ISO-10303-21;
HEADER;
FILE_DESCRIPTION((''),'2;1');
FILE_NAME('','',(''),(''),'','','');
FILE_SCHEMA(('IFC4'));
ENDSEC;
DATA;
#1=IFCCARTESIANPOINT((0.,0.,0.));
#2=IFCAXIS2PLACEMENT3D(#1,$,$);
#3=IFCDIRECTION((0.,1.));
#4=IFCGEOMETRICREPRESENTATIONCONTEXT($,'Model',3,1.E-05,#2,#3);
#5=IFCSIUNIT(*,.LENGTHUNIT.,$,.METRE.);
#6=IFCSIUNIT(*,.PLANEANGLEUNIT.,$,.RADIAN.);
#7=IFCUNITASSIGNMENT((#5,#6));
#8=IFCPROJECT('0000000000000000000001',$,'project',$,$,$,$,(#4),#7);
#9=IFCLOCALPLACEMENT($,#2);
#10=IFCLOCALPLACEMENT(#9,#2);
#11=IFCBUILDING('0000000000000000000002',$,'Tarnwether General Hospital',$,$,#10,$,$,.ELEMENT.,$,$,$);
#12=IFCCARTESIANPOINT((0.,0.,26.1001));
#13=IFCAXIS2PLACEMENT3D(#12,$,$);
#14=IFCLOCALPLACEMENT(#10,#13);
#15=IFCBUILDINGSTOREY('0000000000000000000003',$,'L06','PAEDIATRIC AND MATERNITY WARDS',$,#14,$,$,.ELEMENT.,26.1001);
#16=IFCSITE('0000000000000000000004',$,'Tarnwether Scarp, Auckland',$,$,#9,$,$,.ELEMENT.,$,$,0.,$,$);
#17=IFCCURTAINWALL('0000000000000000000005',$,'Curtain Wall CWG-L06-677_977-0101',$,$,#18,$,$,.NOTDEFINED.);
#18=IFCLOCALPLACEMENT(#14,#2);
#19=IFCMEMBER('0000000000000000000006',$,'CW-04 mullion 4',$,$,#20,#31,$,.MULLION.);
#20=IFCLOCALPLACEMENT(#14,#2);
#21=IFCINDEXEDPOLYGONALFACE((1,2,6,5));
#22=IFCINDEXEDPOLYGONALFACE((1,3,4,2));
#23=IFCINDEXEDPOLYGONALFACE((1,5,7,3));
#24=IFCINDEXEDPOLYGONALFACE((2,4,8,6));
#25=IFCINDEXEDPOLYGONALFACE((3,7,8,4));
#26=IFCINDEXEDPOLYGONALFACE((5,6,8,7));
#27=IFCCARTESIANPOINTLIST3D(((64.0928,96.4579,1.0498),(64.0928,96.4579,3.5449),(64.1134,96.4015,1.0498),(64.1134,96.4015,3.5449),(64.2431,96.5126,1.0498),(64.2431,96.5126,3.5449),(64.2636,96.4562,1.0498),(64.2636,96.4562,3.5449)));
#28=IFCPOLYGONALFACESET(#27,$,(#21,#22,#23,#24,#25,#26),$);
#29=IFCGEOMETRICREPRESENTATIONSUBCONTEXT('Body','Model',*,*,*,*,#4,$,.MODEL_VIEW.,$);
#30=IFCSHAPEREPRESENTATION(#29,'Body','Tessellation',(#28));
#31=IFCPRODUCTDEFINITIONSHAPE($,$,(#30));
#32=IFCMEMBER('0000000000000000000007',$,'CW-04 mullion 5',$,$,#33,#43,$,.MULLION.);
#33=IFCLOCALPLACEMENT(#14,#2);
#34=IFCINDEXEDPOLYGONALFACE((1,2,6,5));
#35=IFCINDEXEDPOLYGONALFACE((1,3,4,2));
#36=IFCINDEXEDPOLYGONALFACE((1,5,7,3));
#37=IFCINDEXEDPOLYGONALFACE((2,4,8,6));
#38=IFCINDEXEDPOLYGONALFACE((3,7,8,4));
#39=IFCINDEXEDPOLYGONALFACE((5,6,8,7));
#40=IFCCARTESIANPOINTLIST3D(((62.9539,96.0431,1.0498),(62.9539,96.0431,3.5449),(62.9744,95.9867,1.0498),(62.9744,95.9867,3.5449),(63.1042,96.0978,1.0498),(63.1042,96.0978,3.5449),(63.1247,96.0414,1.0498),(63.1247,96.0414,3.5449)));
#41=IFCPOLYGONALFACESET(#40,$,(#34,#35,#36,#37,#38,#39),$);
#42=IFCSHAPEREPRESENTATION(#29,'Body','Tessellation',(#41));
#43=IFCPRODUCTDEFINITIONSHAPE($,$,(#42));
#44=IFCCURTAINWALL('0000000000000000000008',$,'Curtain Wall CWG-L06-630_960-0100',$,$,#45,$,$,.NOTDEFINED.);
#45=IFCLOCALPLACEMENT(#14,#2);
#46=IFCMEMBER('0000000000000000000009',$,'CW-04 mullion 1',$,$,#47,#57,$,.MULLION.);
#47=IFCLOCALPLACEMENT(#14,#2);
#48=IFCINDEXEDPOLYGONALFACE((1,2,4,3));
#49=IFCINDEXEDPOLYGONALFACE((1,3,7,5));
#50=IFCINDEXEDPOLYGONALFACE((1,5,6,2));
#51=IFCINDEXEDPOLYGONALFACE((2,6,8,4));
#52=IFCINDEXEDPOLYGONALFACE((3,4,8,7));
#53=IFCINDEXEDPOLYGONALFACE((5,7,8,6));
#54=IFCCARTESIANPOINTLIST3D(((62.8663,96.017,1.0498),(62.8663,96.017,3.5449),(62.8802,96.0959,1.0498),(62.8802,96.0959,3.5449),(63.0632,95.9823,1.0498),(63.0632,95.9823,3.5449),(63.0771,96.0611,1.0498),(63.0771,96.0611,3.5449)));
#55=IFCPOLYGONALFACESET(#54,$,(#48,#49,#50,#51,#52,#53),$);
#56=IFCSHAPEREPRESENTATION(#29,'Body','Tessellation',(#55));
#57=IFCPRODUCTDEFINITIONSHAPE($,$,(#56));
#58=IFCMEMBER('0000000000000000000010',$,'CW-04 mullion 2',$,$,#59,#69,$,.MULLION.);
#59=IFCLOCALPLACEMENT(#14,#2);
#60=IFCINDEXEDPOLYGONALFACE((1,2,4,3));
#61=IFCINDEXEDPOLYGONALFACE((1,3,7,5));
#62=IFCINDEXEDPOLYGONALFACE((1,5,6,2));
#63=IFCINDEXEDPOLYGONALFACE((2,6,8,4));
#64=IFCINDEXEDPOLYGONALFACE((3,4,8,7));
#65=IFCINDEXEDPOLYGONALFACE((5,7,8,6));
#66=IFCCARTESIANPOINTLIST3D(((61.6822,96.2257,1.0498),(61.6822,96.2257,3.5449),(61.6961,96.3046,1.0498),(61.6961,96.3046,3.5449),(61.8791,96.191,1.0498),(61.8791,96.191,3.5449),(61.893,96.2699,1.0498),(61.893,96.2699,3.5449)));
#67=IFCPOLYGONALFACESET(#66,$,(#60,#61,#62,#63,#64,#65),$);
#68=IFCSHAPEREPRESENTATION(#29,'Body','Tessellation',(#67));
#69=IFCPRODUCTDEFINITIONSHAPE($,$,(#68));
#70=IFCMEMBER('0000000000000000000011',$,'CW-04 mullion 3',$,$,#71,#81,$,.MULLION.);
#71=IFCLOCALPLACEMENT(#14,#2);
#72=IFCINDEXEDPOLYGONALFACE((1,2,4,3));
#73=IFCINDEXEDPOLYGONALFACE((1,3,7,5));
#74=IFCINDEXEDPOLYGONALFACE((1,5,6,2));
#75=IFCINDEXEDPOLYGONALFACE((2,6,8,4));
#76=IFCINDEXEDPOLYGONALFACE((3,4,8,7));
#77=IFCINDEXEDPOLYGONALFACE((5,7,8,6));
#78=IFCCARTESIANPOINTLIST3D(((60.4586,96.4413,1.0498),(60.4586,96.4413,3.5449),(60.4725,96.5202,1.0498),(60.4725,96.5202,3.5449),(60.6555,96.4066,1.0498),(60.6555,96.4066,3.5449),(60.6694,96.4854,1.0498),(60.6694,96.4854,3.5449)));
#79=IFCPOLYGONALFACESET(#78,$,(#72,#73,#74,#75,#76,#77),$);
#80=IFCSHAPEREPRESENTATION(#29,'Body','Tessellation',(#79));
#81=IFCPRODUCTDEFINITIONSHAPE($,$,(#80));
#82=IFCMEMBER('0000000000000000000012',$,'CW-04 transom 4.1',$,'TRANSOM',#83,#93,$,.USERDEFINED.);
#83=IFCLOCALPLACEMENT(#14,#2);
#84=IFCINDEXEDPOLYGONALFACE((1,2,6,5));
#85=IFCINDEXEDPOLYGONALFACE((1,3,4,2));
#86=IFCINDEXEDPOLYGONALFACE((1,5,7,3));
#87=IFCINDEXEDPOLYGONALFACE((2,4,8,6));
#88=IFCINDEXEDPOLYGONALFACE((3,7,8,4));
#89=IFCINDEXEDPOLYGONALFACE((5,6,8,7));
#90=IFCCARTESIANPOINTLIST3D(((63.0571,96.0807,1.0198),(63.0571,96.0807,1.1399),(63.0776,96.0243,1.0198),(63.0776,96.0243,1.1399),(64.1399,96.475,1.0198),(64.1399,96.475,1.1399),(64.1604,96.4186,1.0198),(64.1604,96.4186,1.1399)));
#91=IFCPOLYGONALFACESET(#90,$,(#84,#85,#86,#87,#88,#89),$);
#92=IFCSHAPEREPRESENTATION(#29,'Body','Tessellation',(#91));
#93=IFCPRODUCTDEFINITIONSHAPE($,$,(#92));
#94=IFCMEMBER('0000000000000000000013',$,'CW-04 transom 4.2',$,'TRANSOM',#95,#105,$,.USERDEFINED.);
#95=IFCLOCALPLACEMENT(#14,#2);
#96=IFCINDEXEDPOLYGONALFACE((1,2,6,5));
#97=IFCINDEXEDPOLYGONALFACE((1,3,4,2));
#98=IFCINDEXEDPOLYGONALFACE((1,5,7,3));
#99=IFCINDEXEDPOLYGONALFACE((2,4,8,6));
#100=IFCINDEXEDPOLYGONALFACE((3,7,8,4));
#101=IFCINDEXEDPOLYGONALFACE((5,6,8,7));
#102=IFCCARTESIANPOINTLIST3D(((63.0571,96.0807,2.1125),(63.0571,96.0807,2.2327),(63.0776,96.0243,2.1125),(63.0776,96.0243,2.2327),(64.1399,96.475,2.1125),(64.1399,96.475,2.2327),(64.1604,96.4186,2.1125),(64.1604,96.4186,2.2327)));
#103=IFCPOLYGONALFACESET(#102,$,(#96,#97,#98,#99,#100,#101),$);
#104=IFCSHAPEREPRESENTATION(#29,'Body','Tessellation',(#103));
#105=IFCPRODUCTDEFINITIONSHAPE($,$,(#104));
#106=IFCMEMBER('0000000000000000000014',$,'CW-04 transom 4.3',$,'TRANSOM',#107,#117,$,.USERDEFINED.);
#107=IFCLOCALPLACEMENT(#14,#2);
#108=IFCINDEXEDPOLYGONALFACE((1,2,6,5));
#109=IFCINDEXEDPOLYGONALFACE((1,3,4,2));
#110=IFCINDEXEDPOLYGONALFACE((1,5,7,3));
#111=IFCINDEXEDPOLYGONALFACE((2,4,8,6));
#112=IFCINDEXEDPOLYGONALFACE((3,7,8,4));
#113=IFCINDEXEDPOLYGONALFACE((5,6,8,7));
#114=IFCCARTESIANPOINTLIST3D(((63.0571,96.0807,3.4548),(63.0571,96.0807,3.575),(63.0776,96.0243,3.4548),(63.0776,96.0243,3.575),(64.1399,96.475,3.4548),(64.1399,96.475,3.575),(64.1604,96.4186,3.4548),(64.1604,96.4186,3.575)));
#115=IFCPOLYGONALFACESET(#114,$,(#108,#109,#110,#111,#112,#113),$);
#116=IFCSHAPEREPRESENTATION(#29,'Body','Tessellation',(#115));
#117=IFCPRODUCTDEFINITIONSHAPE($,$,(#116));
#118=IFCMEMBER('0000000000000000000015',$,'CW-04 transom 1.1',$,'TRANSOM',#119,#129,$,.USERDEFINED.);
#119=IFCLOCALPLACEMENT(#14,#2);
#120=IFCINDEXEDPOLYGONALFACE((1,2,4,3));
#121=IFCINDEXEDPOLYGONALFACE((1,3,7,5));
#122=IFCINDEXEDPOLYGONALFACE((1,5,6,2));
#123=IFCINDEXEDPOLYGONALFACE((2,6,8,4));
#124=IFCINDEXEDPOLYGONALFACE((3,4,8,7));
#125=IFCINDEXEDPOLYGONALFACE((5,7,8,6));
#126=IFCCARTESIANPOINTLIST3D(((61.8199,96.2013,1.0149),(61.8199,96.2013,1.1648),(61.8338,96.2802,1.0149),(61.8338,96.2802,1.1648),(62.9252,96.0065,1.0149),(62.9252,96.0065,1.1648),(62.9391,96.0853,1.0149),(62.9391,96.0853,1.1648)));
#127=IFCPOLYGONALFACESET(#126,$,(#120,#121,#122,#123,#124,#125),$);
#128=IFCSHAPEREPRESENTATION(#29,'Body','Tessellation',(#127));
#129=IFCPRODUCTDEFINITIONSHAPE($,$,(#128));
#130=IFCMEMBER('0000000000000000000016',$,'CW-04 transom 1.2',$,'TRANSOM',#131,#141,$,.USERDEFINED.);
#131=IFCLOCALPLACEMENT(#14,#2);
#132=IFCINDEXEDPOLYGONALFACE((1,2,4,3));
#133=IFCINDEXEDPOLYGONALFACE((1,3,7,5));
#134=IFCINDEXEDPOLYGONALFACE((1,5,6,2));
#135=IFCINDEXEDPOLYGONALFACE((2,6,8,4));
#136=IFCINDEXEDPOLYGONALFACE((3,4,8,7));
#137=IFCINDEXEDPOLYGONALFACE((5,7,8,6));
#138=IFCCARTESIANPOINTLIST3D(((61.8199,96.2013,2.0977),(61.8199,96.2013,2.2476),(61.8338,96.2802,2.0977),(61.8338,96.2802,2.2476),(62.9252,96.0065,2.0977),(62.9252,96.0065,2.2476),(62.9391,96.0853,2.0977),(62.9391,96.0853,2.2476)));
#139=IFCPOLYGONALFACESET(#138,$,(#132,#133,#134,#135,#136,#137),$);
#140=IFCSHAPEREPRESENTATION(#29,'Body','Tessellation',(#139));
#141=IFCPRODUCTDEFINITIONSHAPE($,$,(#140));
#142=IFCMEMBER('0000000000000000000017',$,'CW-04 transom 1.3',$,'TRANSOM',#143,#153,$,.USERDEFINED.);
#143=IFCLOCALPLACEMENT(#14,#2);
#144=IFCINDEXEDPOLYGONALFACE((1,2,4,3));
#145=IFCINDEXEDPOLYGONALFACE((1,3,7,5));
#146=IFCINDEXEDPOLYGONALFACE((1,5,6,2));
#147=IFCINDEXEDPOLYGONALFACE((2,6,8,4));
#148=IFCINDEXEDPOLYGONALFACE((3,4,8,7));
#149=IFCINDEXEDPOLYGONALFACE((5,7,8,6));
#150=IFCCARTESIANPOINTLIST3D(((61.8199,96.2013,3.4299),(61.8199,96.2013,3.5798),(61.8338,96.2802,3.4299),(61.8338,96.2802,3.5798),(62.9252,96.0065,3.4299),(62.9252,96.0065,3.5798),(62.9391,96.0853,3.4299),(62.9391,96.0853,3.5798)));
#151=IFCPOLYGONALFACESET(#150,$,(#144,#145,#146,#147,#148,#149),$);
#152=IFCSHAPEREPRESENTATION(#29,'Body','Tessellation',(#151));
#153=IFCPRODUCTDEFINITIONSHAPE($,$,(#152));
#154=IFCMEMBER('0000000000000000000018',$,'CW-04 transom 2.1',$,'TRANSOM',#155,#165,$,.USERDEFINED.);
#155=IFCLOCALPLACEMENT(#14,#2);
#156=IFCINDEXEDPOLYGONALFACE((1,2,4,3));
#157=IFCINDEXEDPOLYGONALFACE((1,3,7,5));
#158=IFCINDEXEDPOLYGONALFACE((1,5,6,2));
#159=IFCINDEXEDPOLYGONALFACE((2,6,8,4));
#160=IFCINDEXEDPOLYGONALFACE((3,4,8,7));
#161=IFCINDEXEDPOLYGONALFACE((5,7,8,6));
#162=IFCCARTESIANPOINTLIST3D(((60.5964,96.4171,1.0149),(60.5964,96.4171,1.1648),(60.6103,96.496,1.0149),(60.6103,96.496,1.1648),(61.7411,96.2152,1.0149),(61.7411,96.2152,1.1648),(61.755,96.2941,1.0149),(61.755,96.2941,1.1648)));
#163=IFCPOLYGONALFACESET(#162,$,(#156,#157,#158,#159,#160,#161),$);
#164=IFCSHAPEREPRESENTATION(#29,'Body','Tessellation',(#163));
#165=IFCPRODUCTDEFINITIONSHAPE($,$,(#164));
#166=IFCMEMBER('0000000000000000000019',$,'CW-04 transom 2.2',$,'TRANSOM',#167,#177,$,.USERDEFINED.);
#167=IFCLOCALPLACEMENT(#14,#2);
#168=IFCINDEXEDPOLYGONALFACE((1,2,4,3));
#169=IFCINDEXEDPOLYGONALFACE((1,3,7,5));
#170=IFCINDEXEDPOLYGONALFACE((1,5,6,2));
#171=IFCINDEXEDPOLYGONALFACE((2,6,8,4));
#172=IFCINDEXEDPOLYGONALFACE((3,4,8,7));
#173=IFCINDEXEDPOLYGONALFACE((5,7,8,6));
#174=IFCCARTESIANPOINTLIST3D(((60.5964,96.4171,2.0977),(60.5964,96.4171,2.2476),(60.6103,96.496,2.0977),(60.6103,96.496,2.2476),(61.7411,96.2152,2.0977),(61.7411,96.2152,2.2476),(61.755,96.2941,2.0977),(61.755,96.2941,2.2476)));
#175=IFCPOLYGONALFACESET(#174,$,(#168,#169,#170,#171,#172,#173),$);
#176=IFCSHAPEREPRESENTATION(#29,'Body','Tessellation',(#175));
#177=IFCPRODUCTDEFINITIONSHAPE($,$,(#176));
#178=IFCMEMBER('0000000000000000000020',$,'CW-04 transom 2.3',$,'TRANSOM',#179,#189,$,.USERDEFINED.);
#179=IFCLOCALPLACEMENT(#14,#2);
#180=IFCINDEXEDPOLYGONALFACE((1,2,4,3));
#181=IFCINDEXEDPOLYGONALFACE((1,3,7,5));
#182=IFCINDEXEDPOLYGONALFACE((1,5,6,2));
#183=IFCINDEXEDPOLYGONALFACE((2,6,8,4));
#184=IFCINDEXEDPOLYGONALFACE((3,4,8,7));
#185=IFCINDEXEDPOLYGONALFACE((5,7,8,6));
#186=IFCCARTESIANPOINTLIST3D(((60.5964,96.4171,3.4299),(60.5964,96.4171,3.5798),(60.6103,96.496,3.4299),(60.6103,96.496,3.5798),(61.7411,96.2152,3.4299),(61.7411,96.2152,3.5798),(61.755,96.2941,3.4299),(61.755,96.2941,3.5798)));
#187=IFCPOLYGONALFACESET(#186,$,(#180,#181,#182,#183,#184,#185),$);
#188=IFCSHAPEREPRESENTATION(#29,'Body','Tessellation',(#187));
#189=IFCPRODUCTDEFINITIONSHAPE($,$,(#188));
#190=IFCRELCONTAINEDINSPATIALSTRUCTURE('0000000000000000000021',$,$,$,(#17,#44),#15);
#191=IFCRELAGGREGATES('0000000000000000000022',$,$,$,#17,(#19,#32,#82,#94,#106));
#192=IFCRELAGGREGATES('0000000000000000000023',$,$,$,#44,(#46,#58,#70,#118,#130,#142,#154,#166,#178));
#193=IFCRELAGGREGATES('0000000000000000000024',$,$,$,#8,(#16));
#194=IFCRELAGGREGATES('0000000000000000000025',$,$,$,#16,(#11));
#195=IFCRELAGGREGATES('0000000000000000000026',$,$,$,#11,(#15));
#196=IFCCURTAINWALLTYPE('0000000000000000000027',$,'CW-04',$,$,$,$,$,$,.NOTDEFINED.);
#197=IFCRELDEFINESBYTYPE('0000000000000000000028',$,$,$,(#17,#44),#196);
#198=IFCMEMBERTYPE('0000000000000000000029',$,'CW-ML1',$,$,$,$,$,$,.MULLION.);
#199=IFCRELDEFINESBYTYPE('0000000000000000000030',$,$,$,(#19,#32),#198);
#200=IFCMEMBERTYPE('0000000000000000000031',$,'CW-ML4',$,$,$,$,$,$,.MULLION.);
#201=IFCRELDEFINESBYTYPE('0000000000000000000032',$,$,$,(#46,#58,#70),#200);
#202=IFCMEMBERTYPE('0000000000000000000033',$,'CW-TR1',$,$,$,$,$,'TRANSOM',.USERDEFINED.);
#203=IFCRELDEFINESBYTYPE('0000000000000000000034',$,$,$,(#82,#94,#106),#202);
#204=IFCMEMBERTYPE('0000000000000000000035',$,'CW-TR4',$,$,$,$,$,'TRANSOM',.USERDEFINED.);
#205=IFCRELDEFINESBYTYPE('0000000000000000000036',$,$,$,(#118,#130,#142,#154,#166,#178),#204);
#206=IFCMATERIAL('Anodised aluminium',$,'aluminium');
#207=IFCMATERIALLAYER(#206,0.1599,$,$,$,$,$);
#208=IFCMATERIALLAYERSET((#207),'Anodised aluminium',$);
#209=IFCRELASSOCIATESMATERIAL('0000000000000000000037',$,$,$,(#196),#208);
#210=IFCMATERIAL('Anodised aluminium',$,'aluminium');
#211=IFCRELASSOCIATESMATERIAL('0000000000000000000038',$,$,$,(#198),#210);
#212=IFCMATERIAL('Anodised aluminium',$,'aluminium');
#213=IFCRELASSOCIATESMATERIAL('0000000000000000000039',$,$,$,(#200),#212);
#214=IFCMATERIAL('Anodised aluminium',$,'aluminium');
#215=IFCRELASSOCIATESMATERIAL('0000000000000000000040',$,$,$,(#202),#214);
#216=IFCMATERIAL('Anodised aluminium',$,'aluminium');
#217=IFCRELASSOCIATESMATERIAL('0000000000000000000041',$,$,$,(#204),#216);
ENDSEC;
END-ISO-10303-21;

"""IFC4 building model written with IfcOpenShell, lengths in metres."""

from ifc_helpers import new_model, si_unit, direction, frame, origin, origin_2d, place, context, subcontext, project, spatial, rectangle, extrude, material, layer, layer_set, material_profile, profile_set, type_object, element, aggregate, save


model = new_model("IFC4")

# Units and contexts
model_context = context("Model", 3, precision=1e-05, world=origin(), true_north=direction((0.0, 1.0)))
body_context = subcontext(model_context, "Body", "Model", "MODEL_VIEW")
ifc_project = project(units=[si_unit("LENGTHUNIT", "METRE"), si_unit("PLANEANGLEUNIT", "RADIAN")], contexts=[model_context])

# Site, building, storey
site_placement = place(None, origin())
site = spatial("IfcSite", under=ifc_project, at=site_placement, Name="Tarnwether Scarp, Auckland", CompositionType="ELEMENT", RefElevation=0.0)
building_placement = place(site_placement, origin())
building = spatial("IfcBuilding", under=site, at=building_placement, Name="Tarnwether General Hospital", CompositionType="ELEMENT")
storey_placement = place(building_placement, frame((0.0, 0.0, 26.1001)))
storey = spatial("IfcBuildingStorey", under=building, at=storey_placement, Name="L06", Description="PAEDIATRIC AND MATERNITY WARDS", CompositionType="ELEMENT", Elevation=26.1001)

# Curtain walls, members
ifc_material_1 = material(Name="Anodised aluminium", Category="aluminium")
ifc_layer_1 = layer(ifc_material_1, 0.1599)
ifc_layer_set_1 = layer_set([ifc_layer_1], Name="Anodised aluminium")
curtain_wall_type = type_object("IfcCurtainWallType", Name="CW-04", PredefinedType="NOTDEFINED", material=ifc_layer_set_1)
curtain_wall_1_placement = place(storey_placement, origin())
curtain_wall_1 = element("IfcCurtainWall", 1, at=curtain_wall_1_placement, inside=storey, type_object=curtain_wall_type, Name="Curtain Wall CWG-L06-677_977-0101", PredefinedType="NOTDEFINED")
ifc_material_2 = material(Name="Anodised aluminium", Category="aluminium")
ifc_material_profile_1 = material_profile(ifc_material_2, rectangle(XDim=0.0601, YDim=0.1599, at=origin_2d()), Name="ALU-MUL-60x160")
ifc_profile_set_1 = profile_set([ifc_material_profile_1], Name="Anodised aluminium")
member_type_1 = type_object("IfcMemberType", Name="CW-ML1", PredefinedType="MULLION", material=ifc_profile_set_1)
member_1_placement = place(storey_placement, frame((64.1782, 96.457, 1.0498), z_axis=(0.0, 0.0, 1.0), x_axis=(0.342131, -0.939652, 0.0)))
member_1 = element("IfcMember", 2, at=member_1_placement, type_object=member_type_1, Name="CW-04 mullion 4", PredefinedType="MULLION", context=body_context, shape_type="SweptSolid", body=[
    extrude(rectangle(XDim=0.0601, YDim=0.1599, at=origin_2d()), origin(), (0.0, 0.0, 1.0), 2.4951),
])
member_2_placement = place(storey_placement, frame((63.0393, 96.0422, 1.0498), z_axis=(0.0, 0.0, 1.0), x_axis=(0.342131, -0.939652, 0.0)))
member_2 = element("IfcMember", 3, at=member_2_placement, type_object=member_type_1, Name="CW-04 mullion 5", PredefinedType="MULLION", context=body_context, shape_type="SweptSolid", body=[
    extrude(rectangle(XDim=0.0601, YDim=0.1599, at=origin_2d()), origin(), (0.0, 0.0, 1.0), 2.4951),
])
curtain_wall_2_placement = place(storey_placement, origin())
curtain_wall_2 = element("IfcCurtainWall", 4, at=curtain_wall_2_placement, inside=storey, type_object=curtain_wall_type, Name="Curtain Wall CWG-L06-630_960-0100", PredefinedType="NOTDEFINED")
ifc_material_3 = material(Name="Anodised aluminium", Category="aluminium")
ifc_material_profile_2 = material_profile(ifc_material_3, rectangle(XDim=0.0801, YDim=0.2, at=origin_2d()), Name="ALU-MUL-80x200")
ifc_profile_set_2 = profile_set([ifc_material_profile_2], Name="Anodised aluminium")
member_type_2 = type_object("IfcMemberType", Name="CW-ML4", PredefinedType="MULLION", material=ifc_profile_set_2)
member_3_placement = place(storey_placement, frame((62.9717, 96.0391, 1.0498), z_axis=(0.0, 0.0, 1.0), x_axis=(-0.173659, -0.984806, 0.0)))
member_3 = element("IfcMember", 5, at=member_3_placement, type_object=member_type_2, Name="CW-04 mullion 1", PredefinedType="MULLION", context=body_context, shape_type="SweptSolid", body=[
    extrude(rectangle(XDim=0.0801, YDim=0.2, at=origin_2d()), origin(), (0.0, 0.0, 1.0), 2.4951),
])
member_4_placement = place(storey_placement, frame((61.7876, 96.2478, 1.0498), z_axis=(0.0, 0.0, 1.0), x_axis=(-0.173659, -0.984806, 0.0)))
member_4 = element("IfcMember", 6, at=member_4_placement, type_object=member_type_2, Name="CW-04 mullion 2", PredefinedType="MULLION", context=body_context, shape_type="SweptSolid", body=[
    extrude(rectangle(XDim=0.0801, YDim=0.2, at=origin_2d()), origin(), (0.0, 0.0, 1.0), 2.4951),
])
member_5_placement = place(storey_placement, frame((60.564, 96.4634, 1.0498), z_axis=(0.0, 0.0, 1.0), x_axis=(-0.173659, -0.984806, 0.0)))
member_5 = element("IfcMember", 7, at=member_5_placement, type_object=member_type_2, Name="CW-04 mullion 3", PredefinedType="MULLION", context=body_context, shape_type="SweptSolid", body=[
    extrude(rectangle(XDim=0.0801, YDim=0.2, at=origin_2d()), origin(), (0.0, 0.0, 1.0), 2.4951),
])

# Members
ifc_material_4 = material(Name="Anodised aluminium", Category="aluminium")
ifc_material_profile_3 = material_profile(ifc_material_4, rectangle(XDim=0.0601, YDim=0.1201, at=origin_2d()), Name="ALU-TRN-60x120")
ifc_profile_set_3 = profile_set([ifc_material_profile_3], Name="Anodised aluminium")
member_type_3 = type_object("IfcMemberType", Name="CW-TR1", ElementType="TRANSOM", PredefinedType="USERDEFINED", material=ifc_profile_set_3)
member_6_placement = place(storey_placement, frame((64.1501, 96.4468, 1.0798), z_axis=(-0.939639, -0.342168, 0.0), x_axis=(0.342168, -0.939639, 0.0)))
member_6 = element("IfcMember", 8, at=member_6_placement, type_object=member_type_3, Name="CW-04 transom 4.1", ObjectType="TRANSOM", PredefinedType="USERDEFINED", context=body_context, shape_type="SweptSolid", body=[
    extrude(rectangle(XDim=0.0601, YDim=0.1201, at=origin_2d()), origin(), (0.0, 0.0, 1.0), 1.1523),
])
member_7_placement = place(storey_placement, frame((64.1501, 96.4468, 2.1726), z_axis=(-0.939639, -0.342168, 0.0), x_axis=(0.342168, -0.939639, 0.0)))
member_7 = element("IfcMember", 9, at=member_7_placement, type_object=member_type_3, Name="CW-04 transom 4.2", ObjectType="TRANSOM", PredefinedType="USERDEFINED", context=body_context, shape_type="SweptSolid", body=[
    extrude(rectangle(XDim=0.0601, YDim=0.1201, at=origin_2d()), origin(), (0.0, 0.0, 1.0), 1.1523),
])
member_8_placement = place(storey_placement, frame((64.1501, 96.4468, 3.5149), z_axis=(-0.939639, -0.342168, 0.0), x_axis=(0.342168, -0.939639, 0.0)))
member_8 = element("IfcMember", 10, at=member_8_placement, type_object=member_type_3, Name="CW-04 transom 4.3", ObjectType="TRANSOM", PredefinedType="USERDEFINED", context=body_context, shape_type="SweptSolid", body=[
    extrude(rectangle(XDim=0.0601, YDim=0.1201, at=origin_2d()), origin(), (0.0, 0.0, 1.0), 1.1523),
])
ifc_material_5 = material(Name="Anodised aluminium", Category="aluminium")
ifc_material_profile_4 = material_profile(ifc_material_5, rectangle(XDim=0.0801, YDim=0.1499, at=origin_2d()), Name="ALU-TRN-80x150")
ifc_profile_set_4 = profile_set([ifc_material_profile_4], Name="Anodised aluminium")
member_type_4 = type_object("IfcMemberType", Name="CW-TR4", ElementType="TRANSOM", PredefinedType="USERDEFINED", material=ifc_profile_set_4)
member_9_placement = place(storey_placement, frame((62.9321, 96.0459, 1.0898), z_axis=(-0.984816, 0.173599, 0.0), x_axis=(-0.173599, -0.984816, 0.0)))
member_9 = element("IfcMember", 11, at=member_9_placement, type_object=member_type_4, Name="CW-04 transom 1.1", ObjectType="TRANSOM", PredefinedType="USERDEFINED", context=body_context, shape_type="SweptSolid", body=[
    extrude(rectangle(XDim=0.0801, YDim=0.1499, at=origin_2d()), origin(), (0.0, 0.0, 1.0), 1.1223),
])
member_10_placement = place(storey_placement, frame((62.9321, 96.0459, 2.1726), z_axis=(-0.984816, 0.173599, 0.0), x_axis=(-0.173599, -0.984816, 0.0)))
member_10 = element("IfcMember", 12, at=member_10_placement, type_object=member_type_4, Name="CW-04 transom 1.2", ObjectType="TRANSOM", PredefinedType="USERDEFINED", context=body_context, shape_type="SweptSolid", body=[
    extrude(rectangle(XDim=0.0801, YDim=0.1499, at=origin_2d()), origin(), (0.0, 0.0, 1.0), 1.1223),
])
member_11_placement = place(storey_placement, frame((62.9321, 96.0459, 3.5049), z_axis=(-0.984816, 0.173599, 0.0), x_axis=(-0.173599, -0.984816, 0.0)))
member_11 = element("IfcMember", 13, at=member_11_placement, type_object=member_type_4, Name="CW-04 transom 1.3", ObjectType="TRANSOM", PredefinedType="USERDEFINED", context=body_context, shape_type="SweptSolid", body=[
    extrude(rectangle(XDim=0.0801, YDim=0.1499, at=origin_2d()), origin(), (0.0, 0.0, 1.0), 1.1223),
])
member_12_placement = place(storey_placement, frame((61.748, 96.2546, 1.0898), z_axis=(-0.9848, 0.173689, 0.0), x_axis=(-0.173689, -0.9848, 0.0)))
member_12 = element("IfcMember", 14, at=member_12_placement, type_object=member_type_4, Name="CW-04 transom 2.1", ObjectType="TRANSOM", PredefinedType="USERDEFINED", context=body_context, shape_type="SweptSolid", body=[
    extrude(rectangle(XDim=0.0801, YDim=0.1499, at=origin_2d()), origin(), (0.0, 0.0, 1.0), 1.1624),
])
member_13_placement = place(storey_placement, frame((61.748, 96.2546, 2.1726), z_axis=(-0.9848, 0.173689, 0.0), x_axis=(-0.173689, -0.9848, 0.0)))
member_13 = element("IfcMember", 15, at=member_13_placement, type_object=member_type_4, Name="CW-04 transom 2.2", ObjectType="TRANSOM", PredefinedType="USERDEFINED", context=body_context, shape_type="SweptSolid", body=[
    extrude(rectangle(XDim=0.0801, YDim=0.1499, at=origin_2d()), origin(), (0.0, 0.0, 1.0), 1.1624),
])
member_14_placement = place(storey_placement, frame((61.748, 96.2546, 3.5049), z_axis=(-0.9848, 0.173689, 0.0), x_axis=(-0.173689, -0.9848, 0.0)))
member_14 = element("IfcMember", 16, at=member_14_placement, type_object=member_type_4, Name="CW-04 transom 2.3", ObjectType="TRANSOM", PredefinedType="USERDEFINED", context=body_context, shape_type="SweptSolid", body=[
    extrude(rectangle(XDim=0.0801, YDim=0.1499, at=origin_2d()), origin(), (0.0, 0.0, 1.0), 1.1624),
])

aggregate(curtain_wall_1, [member_1, member_2, member_6, member_7, member_8])
aggregate(curtain_wall_2, [member_3, member_4, member_5, member_9, member_10, member_11, member_12, member_13, member_14])

save(model, "model.ifc")
